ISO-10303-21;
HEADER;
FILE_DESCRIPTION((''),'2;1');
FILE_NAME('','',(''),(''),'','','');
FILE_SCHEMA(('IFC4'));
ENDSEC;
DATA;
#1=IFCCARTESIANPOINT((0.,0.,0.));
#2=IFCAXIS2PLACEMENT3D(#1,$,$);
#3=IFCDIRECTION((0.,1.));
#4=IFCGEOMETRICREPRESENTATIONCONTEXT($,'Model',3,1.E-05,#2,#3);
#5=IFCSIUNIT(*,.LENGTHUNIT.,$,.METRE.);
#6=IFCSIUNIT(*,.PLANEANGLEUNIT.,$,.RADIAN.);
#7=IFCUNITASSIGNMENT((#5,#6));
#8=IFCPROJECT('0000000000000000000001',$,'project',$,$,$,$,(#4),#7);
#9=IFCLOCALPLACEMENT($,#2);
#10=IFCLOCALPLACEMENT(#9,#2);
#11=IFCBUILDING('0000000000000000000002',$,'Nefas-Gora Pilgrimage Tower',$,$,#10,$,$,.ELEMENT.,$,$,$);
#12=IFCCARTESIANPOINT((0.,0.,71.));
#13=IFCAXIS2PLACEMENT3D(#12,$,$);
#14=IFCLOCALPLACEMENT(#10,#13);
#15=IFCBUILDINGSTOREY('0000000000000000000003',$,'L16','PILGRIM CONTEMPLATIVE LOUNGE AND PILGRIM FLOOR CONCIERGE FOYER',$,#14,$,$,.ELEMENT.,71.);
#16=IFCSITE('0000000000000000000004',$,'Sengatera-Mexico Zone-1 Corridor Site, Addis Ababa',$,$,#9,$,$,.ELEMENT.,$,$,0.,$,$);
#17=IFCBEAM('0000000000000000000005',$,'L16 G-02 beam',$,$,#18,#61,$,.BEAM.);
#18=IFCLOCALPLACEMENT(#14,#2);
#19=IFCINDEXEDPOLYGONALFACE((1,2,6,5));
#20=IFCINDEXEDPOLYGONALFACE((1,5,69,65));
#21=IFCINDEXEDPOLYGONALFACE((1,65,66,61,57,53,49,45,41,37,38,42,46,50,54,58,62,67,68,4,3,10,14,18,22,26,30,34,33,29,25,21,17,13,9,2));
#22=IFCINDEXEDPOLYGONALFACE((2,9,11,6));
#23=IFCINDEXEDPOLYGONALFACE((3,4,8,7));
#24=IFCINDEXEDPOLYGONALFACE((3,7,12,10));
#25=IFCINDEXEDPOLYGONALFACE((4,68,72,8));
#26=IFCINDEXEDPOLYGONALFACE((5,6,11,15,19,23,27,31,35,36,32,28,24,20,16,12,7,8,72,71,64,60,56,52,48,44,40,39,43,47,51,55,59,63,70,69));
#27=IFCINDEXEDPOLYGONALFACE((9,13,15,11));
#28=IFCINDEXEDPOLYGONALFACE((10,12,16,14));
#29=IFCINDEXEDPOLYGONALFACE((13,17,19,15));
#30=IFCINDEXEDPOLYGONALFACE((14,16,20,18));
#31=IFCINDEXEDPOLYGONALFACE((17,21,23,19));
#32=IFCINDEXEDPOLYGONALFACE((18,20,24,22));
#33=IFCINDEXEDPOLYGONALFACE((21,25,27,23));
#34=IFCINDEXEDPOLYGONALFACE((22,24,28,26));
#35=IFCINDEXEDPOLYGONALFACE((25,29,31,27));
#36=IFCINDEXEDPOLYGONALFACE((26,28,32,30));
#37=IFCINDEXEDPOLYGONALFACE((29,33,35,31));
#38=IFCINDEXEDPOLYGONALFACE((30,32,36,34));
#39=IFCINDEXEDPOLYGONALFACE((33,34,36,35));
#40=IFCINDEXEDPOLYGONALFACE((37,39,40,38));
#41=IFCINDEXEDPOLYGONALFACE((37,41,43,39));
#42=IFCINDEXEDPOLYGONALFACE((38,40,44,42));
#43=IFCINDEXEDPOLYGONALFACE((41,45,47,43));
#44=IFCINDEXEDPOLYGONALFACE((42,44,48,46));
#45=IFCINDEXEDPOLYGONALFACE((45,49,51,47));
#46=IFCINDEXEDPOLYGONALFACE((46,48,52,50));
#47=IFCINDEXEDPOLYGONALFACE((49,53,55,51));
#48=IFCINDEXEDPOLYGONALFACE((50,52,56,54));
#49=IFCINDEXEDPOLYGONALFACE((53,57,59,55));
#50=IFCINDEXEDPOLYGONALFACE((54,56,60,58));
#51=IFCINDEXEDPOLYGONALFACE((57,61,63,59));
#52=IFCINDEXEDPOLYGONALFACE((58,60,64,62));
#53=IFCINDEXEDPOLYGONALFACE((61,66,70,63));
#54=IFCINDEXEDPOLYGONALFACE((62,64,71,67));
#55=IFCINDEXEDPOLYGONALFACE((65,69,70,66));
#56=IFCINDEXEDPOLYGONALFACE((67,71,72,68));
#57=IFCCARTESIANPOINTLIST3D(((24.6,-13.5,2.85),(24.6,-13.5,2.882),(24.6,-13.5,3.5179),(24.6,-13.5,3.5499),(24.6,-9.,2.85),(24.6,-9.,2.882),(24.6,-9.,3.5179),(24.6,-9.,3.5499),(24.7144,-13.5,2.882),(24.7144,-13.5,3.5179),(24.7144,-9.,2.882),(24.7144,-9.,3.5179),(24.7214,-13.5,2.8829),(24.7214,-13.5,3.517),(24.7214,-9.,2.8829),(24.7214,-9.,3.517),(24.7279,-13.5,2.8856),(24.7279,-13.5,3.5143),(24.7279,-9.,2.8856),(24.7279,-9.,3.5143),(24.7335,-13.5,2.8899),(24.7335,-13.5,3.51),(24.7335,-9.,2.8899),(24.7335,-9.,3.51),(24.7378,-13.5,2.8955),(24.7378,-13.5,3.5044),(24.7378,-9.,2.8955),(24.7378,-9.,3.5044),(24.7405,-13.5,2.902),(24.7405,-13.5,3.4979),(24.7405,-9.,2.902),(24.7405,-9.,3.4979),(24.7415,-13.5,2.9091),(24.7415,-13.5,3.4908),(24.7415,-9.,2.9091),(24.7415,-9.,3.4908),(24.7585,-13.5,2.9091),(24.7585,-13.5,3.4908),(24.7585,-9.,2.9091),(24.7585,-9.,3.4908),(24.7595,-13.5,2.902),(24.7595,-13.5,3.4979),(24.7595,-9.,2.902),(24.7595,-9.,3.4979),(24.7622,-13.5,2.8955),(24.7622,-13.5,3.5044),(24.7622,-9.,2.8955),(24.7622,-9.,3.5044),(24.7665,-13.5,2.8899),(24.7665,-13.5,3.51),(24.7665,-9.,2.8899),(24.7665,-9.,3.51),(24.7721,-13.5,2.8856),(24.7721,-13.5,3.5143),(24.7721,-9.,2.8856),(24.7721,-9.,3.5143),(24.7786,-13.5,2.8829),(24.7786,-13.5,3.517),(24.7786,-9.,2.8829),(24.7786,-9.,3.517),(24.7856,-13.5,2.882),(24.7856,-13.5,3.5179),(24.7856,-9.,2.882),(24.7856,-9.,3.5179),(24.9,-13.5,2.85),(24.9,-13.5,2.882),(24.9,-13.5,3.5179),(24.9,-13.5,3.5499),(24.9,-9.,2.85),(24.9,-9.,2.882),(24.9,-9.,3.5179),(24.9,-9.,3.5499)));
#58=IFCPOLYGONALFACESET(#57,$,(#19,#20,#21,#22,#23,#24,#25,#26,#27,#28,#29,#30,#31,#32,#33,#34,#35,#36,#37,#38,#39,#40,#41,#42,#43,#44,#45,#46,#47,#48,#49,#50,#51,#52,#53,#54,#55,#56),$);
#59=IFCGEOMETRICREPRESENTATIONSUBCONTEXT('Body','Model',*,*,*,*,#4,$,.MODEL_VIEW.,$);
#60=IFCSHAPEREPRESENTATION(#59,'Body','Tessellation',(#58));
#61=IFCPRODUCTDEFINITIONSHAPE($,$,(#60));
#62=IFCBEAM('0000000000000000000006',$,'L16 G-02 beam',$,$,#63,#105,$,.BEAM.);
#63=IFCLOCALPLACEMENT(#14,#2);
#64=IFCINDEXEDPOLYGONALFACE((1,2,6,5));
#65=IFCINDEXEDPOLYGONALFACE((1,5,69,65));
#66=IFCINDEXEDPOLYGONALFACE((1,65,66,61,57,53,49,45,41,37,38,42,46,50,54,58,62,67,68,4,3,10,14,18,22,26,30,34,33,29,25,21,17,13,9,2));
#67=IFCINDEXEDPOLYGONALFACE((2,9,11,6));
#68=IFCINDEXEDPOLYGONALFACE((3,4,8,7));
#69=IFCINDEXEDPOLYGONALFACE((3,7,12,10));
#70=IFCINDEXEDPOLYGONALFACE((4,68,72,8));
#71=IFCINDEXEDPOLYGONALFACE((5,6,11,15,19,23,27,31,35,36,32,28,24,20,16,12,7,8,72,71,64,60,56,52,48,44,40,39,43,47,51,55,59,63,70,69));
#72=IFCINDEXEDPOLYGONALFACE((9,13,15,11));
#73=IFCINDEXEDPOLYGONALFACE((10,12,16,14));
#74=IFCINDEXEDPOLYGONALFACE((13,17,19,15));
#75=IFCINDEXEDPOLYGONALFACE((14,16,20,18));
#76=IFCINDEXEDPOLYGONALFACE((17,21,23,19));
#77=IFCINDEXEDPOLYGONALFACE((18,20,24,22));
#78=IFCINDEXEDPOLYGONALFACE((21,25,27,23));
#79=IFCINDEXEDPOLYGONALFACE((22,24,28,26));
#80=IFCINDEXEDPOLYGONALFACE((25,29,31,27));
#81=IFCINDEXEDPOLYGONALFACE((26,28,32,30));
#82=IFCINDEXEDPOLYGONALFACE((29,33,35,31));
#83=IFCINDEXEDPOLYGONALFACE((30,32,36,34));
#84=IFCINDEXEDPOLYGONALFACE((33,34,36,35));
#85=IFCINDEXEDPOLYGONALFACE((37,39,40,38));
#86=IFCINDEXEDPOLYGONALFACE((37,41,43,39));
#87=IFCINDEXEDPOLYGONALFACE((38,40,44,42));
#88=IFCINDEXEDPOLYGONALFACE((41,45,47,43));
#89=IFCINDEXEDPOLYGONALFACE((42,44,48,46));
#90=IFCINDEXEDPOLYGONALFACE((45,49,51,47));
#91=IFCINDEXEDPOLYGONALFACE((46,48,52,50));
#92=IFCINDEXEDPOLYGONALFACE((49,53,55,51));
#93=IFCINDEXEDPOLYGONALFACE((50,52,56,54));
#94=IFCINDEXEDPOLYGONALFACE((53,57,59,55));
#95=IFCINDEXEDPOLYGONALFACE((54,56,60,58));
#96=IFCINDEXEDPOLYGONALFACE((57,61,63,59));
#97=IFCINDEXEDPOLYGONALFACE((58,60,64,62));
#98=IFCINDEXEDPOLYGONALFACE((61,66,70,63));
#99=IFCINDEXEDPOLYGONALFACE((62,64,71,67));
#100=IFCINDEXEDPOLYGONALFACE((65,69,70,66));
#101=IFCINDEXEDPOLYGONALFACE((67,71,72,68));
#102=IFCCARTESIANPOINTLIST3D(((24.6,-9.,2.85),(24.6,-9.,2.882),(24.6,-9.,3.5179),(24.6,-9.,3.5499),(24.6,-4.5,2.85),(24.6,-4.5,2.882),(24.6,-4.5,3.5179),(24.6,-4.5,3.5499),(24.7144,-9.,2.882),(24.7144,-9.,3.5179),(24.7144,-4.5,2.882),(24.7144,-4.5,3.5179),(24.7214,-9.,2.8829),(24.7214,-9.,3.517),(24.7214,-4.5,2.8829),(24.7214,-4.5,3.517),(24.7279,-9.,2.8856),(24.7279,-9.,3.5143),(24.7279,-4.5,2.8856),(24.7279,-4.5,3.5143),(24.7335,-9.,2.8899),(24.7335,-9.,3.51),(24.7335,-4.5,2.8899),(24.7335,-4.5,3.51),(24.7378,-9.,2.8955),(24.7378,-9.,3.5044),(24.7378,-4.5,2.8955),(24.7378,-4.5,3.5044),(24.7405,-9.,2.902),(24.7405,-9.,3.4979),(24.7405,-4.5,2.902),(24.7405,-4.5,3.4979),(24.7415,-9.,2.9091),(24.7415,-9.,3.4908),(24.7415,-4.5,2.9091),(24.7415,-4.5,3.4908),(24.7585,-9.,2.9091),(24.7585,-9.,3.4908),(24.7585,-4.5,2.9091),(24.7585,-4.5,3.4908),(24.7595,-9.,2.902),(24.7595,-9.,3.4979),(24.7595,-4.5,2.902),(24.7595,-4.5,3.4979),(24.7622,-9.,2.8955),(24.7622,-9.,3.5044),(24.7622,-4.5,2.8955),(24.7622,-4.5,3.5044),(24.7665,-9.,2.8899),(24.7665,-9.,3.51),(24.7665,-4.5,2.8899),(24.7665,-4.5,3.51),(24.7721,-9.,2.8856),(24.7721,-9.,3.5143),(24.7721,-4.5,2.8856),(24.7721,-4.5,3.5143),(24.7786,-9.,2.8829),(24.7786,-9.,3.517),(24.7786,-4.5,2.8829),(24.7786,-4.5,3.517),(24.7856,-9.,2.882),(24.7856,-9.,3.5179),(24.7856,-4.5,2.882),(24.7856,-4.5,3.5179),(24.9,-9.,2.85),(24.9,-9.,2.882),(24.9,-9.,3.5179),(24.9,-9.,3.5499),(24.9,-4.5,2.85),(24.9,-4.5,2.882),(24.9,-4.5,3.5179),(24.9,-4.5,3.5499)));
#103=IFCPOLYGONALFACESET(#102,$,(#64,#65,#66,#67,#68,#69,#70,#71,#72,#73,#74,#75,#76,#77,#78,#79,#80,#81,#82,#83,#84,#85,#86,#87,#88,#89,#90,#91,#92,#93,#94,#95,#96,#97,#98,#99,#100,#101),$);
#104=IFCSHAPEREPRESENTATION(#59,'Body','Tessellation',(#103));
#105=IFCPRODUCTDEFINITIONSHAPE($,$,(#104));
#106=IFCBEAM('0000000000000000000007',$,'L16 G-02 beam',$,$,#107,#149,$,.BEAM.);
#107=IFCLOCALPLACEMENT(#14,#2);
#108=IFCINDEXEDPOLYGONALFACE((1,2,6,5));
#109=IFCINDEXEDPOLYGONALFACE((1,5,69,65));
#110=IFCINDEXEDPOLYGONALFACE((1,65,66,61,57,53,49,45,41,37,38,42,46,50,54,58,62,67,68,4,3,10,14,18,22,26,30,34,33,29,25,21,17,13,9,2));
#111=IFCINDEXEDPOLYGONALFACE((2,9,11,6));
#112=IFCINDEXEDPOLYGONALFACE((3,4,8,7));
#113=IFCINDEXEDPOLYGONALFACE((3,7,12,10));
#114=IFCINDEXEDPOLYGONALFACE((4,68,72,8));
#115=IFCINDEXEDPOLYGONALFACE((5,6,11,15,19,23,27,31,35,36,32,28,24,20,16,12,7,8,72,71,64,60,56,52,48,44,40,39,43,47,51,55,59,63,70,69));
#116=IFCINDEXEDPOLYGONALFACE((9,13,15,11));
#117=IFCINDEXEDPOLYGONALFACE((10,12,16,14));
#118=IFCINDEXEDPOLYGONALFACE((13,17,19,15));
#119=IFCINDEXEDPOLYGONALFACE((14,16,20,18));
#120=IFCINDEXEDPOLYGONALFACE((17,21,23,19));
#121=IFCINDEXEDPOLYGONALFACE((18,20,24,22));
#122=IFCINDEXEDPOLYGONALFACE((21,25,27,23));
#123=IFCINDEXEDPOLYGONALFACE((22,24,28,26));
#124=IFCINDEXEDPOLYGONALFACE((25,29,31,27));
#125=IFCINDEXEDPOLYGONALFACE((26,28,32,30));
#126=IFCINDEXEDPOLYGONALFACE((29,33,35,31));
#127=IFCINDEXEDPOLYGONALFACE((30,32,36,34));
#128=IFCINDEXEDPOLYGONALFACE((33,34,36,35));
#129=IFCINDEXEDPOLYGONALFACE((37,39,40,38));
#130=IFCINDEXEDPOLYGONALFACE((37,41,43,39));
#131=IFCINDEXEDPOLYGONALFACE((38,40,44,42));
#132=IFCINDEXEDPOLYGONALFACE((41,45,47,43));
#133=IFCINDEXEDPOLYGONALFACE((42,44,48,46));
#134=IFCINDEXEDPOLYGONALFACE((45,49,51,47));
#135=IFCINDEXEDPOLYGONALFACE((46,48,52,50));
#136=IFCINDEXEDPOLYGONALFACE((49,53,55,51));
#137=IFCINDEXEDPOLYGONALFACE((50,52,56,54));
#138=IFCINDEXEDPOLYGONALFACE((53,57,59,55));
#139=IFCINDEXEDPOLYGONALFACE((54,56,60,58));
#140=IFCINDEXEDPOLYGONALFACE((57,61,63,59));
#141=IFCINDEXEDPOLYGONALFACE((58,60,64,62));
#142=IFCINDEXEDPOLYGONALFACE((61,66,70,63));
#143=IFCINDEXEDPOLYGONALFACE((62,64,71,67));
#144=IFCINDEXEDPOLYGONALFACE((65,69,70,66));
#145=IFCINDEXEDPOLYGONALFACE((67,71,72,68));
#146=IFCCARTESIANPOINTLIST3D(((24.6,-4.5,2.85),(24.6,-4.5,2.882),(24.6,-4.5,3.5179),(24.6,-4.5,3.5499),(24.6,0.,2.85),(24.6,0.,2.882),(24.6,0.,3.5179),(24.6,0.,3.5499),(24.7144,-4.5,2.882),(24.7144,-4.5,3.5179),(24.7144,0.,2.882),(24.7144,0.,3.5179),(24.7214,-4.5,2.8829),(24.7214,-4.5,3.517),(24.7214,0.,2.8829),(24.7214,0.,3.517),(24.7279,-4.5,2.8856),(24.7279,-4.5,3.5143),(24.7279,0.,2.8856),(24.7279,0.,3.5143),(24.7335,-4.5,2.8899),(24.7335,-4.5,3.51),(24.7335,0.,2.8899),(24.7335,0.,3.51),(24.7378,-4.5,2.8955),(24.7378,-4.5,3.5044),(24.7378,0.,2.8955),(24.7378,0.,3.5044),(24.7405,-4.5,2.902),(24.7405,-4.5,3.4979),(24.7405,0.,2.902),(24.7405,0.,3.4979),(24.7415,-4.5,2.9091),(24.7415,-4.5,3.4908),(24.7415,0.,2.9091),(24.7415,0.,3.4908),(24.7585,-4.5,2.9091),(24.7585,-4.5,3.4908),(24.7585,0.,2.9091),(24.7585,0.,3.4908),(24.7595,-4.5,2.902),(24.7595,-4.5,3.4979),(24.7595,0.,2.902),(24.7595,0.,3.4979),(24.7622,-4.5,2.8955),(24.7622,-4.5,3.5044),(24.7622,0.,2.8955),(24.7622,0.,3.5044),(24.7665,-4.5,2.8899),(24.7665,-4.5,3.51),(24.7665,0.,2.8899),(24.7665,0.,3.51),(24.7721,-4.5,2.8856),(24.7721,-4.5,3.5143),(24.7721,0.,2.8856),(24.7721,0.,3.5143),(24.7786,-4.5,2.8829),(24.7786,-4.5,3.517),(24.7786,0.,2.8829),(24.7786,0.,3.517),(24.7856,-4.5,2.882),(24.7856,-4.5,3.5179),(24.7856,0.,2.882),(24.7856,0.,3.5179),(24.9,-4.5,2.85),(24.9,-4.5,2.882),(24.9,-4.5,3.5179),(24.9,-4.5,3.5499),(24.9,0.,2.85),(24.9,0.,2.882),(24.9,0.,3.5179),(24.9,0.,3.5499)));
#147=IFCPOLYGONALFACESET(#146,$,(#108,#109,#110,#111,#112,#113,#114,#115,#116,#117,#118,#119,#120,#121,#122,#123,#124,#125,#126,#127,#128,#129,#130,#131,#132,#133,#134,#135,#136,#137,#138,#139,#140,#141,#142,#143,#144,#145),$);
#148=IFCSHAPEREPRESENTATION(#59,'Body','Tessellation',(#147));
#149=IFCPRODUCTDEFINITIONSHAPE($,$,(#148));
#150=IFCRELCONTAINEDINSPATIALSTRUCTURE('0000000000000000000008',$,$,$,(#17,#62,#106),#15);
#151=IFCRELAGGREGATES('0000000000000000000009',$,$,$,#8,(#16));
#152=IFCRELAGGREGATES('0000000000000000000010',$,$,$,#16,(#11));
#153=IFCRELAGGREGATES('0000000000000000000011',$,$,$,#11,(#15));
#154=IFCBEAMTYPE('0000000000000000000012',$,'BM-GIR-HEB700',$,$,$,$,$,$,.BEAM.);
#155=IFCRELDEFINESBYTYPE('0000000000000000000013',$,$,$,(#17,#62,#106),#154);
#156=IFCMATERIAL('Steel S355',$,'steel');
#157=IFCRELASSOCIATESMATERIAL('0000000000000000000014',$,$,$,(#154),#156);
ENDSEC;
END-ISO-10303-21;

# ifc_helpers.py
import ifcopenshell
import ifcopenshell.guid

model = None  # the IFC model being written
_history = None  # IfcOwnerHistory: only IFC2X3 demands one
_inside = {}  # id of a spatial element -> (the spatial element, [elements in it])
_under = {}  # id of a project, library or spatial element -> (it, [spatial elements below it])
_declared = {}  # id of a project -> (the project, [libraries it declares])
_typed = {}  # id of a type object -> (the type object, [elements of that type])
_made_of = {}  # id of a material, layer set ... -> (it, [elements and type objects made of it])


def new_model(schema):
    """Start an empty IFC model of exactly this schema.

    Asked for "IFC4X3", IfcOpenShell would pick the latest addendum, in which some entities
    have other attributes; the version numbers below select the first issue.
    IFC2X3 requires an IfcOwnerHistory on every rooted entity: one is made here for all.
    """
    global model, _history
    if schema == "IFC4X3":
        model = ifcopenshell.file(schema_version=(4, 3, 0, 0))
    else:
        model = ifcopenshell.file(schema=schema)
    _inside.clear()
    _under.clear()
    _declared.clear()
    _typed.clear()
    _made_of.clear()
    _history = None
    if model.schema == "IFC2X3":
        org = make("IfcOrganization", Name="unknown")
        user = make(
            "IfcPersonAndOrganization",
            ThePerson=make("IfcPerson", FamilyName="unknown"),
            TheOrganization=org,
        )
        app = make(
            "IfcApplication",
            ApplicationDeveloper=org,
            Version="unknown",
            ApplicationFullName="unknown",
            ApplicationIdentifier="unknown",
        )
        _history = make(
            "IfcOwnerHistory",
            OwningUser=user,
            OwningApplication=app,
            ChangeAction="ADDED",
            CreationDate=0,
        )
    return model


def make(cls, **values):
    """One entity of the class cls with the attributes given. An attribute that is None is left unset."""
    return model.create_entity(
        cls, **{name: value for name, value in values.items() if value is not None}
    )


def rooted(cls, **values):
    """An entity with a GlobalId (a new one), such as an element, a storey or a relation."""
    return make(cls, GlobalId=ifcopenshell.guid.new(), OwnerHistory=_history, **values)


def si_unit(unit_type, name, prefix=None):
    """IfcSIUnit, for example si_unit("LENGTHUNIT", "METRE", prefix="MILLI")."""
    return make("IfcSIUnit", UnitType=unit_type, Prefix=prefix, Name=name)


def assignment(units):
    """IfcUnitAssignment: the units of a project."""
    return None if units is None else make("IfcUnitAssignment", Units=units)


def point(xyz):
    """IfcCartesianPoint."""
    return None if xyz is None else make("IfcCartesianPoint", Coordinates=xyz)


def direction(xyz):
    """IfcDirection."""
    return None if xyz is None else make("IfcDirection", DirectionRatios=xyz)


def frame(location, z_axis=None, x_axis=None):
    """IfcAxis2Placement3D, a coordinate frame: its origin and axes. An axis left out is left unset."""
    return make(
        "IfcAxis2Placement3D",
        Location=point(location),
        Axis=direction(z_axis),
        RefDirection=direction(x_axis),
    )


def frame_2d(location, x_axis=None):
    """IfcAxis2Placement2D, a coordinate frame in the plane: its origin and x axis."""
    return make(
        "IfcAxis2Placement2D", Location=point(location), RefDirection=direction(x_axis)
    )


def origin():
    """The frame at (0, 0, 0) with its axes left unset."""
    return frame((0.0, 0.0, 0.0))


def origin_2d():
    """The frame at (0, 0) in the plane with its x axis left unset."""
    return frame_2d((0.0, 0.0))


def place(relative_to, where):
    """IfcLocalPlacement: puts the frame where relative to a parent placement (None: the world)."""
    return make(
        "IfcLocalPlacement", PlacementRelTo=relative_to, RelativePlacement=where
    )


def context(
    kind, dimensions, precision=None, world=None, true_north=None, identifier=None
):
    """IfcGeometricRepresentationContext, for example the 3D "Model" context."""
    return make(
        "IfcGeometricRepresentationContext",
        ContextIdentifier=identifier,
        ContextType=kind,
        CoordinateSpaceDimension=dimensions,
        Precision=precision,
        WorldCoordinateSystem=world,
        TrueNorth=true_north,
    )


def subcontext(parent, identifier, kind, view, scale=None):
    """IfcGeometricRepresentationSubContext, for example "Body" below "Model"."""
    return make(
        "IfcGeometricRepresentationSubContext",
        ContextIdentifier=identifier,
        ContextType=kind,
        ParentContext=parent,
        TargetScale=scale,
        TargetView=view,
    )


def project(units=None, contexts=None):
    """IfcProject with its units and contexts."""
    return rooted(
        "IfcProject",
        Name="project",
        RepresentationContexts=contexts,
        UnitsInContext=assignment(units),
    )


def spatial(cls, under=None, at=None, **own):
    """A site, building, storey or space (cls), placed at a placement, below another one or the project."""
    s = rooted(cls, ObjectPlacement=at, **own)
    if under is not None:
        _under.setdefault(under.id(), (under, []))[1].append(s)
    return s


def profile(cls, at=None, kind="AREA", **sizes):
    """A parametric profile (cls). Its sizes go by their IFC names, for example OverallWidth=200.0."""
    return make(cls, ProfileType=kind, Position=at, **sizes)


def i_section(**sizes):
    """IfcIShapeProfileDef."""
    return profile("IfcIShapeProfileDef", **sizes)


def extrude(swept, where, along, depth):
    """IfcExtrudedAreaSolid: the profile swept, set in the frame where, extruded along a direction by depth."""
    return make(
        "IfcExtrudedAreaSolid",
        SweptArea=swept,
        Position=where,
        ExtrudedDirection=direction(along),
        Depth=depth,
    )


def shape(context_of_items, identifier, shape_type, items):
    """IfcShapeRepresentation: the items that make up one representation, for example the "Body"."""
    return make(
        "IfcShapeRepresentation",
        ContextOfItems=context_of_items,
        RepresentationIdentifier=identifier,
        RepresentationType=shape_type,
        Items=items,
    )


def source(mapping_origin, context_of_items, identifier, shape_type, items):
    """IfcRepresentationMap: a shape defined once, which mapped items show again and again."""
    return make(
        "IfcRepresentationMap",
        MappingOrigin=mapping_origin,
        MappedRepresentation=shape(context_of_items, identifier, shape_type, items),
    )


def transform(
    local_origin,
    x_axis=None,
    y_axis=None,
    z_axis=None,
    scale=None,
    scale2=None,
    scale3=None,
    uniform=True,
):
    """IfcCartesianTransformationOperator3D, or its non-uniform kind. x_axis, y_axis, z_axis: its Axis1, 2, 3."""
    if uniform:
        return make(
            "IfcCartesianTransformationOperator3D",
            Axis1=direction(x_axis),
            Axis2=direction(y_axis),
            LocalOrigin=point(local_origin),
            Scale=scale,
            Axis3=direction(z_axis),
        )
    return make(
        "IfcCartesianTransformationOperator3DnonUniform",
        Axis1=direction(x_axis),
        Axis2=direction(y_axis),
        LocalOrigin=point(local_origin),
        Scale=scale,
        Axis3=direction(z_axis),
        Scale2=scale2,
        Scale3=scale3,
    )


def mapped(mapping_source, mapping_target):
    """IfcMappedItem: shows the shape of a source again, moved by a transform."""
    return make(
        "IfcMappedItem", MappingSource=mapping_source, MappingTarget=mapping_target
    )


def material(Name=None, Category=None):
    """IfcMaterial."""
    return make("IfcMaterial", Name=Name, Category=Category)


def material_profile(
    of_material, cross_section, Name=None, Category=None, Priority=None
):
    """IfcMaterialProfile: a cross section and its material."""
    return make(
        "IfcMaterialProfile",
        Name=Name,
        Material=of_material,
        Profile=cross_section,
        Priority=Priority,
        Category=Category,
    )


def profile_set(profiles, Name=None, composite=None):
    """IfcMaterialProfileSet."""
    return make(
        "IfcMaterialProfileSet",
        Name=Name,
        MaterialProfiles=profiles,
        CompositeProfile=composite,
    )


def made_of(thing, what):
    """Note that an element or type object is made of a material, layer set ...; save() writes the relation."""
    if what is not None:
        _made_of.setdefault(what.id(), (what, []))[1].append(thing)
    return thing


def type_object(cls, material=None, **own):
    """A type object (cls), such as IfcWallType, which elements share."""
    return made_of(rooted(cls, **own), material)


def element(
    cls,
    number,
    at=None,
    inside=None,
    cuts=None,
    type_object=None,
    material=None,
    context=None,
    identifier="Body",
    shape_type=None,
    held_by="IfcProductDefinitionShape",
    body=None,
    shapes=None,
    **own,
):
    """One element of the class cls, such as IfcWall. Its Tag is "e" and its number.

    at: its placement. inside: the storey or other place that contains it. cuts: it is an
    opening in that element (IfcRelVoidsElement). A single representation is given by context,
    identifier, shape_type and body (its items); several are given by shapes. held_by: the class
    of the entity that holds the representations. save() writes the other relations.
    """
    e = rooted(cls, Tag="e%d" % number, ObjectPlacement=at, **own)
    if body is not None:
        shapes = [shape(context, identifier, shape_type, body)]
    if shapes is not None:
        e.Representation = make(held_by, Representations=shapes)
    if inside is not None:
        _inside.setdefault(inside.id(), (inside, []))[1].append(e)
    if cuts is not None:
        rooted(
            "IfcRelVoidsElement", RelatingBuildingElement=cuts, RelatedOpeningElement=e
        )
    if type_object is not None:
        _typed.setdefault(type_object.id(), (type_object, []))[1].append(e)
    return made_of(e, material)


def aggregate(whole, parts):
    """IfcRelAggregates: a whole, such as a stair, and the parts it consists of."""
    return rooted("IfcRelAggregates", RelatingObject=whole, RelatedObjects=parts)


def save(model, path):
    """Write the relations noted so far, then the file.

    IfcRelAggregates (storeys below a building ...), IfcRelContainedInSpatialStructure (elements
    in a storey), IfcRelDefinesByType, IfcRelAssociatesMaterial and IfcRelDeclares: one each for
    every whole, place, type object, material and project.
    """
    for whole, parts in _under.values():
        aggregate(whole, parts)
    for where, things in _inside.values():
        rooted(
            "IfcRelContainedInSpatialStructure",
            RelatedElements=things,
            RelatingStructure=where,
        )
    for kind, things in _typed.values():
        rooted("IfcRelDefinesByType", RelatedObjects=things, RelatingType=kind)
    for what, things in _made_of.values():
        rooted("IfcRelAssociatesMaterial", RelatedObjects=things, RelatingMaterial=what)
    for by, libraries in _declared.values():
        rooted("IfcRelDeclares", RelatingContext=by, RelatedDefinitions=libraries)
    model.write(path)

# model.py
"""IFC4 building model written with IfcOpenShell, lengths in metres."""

from ifc_helpers import new_model, si_unit, direction, frame, origin, origin_2d, place, context, subcontext, project, spatial, i_section, extrude, source, transform, mapped, material, material_profile, profile_set, type_object, element, save


model = new_model("IFC4")

# Units and contexts
model_context = context("Model", 3, precision=1e-05, world=origin(), true_north=direction((0.0, 1.0)))
body_context = subcontext(model_context, "Body", "Model", "MODEL_VIEW")
ifc_project = project(units=[si_unit("LENGTHUNIT", "METRE"), si_unit("PLANEANGLEUNIT", "RADIAN")], contexts=[model_context])

# Site, building, storey
site_placement = place(None, origin())
site = spatial("IfcSite", under=ifc_project, at=site_placement, Name="Sengatera-Mexico Zone-1 Corridor Site, Addis Ababa", CompositionType="ELEMENT", RefElevation=0.0)
building_placement = place(site_placement, origin())
building = spatial("IfcBuilding", under=site, at=building_placement, Name="Nefas-Gora Pilgrimage Tower", CompositionType="ELEMENT")
storey_placement = place(building_placement, frame((0.0, 0.0, 71.0)))
storey = spatial("IfcBuildingStorey", under=building, at=storey_placement, Name="L16", Description="PILGRIM CONTEMPLATIVE LOUNGE AND PILGRIM FLOOR CONCIERGE FOYER", CompositionType="ELEMENT", Elevation=71.0)

# Beams
ifc_material_1 = material(Name="Steel S355", Category="steel")
ifc_material_profile_1 = material_profile(ifc_material_1, i_section(OverallWidth=0.3, OverallDepth=0.7, WebThickness=0.0171, FlangeThickness=0.032, FilletRadius=0.0271, at=origin_2d()), Name="HEB 700")
ifc_profile_set_1 = profile_set([ifc_material_profile_1], Name="Steel S355")
beam_type_1 = type_object("IfcBeamType", Name="BM-GIR-HEB700", PredefinedType="BEAM", material=ifc_profile_set_1)
shared_shape_1 = source(origin(), body_context, "Body", "SweptSolid", [
    extrude(i_section(OverallWidth=0.3, OverallDepth=0.7, WebThickness=0.0171, FlangeThickness=0.032, FilletRadius=0.0271, at=origin_2d()), origin(), (0.0, 0.0, 1.0), 4.5),
])
for number, where, z_axis, x_axis, name in (
    (1, (24.75, -13.5, 3.2), (0.0, 1.0, 0.0), (-1.0, 0.0, 0.0), "L16 G-02 beam"),
    (2, (24.75, -9.0, 3.2), (0.0, 1.0, 0.0), (-1.0, 0.0, 0.0), "L16 G-02 beam"),
    (3, (24.75, -4.5, 3.2), (0.0, 1.0, 0.0), (-1.0, 0.0, 0.0), "L16 G-02 beam"),
):
    element("IfcBeam", number, at=place(storey_placement, frame(where, z_axis=z_axis, x_axis=x_axis)), inside=storey, type_object=beam_type_1, Name=name, PredefinedType="BEAM", context=body_context, shape_type="MappedRepresentation", body=[
        mapped(shared_shape_1, transform((0.0, 0.0, 0.0), x_axis=(1.0, 0.0, 0.0), y_axis=(0.0, 1.0, 0.0), z_axis=(0.0, 0.0, 1.0), scale=1.0)),
    ])

save(model, "model.ifc")
